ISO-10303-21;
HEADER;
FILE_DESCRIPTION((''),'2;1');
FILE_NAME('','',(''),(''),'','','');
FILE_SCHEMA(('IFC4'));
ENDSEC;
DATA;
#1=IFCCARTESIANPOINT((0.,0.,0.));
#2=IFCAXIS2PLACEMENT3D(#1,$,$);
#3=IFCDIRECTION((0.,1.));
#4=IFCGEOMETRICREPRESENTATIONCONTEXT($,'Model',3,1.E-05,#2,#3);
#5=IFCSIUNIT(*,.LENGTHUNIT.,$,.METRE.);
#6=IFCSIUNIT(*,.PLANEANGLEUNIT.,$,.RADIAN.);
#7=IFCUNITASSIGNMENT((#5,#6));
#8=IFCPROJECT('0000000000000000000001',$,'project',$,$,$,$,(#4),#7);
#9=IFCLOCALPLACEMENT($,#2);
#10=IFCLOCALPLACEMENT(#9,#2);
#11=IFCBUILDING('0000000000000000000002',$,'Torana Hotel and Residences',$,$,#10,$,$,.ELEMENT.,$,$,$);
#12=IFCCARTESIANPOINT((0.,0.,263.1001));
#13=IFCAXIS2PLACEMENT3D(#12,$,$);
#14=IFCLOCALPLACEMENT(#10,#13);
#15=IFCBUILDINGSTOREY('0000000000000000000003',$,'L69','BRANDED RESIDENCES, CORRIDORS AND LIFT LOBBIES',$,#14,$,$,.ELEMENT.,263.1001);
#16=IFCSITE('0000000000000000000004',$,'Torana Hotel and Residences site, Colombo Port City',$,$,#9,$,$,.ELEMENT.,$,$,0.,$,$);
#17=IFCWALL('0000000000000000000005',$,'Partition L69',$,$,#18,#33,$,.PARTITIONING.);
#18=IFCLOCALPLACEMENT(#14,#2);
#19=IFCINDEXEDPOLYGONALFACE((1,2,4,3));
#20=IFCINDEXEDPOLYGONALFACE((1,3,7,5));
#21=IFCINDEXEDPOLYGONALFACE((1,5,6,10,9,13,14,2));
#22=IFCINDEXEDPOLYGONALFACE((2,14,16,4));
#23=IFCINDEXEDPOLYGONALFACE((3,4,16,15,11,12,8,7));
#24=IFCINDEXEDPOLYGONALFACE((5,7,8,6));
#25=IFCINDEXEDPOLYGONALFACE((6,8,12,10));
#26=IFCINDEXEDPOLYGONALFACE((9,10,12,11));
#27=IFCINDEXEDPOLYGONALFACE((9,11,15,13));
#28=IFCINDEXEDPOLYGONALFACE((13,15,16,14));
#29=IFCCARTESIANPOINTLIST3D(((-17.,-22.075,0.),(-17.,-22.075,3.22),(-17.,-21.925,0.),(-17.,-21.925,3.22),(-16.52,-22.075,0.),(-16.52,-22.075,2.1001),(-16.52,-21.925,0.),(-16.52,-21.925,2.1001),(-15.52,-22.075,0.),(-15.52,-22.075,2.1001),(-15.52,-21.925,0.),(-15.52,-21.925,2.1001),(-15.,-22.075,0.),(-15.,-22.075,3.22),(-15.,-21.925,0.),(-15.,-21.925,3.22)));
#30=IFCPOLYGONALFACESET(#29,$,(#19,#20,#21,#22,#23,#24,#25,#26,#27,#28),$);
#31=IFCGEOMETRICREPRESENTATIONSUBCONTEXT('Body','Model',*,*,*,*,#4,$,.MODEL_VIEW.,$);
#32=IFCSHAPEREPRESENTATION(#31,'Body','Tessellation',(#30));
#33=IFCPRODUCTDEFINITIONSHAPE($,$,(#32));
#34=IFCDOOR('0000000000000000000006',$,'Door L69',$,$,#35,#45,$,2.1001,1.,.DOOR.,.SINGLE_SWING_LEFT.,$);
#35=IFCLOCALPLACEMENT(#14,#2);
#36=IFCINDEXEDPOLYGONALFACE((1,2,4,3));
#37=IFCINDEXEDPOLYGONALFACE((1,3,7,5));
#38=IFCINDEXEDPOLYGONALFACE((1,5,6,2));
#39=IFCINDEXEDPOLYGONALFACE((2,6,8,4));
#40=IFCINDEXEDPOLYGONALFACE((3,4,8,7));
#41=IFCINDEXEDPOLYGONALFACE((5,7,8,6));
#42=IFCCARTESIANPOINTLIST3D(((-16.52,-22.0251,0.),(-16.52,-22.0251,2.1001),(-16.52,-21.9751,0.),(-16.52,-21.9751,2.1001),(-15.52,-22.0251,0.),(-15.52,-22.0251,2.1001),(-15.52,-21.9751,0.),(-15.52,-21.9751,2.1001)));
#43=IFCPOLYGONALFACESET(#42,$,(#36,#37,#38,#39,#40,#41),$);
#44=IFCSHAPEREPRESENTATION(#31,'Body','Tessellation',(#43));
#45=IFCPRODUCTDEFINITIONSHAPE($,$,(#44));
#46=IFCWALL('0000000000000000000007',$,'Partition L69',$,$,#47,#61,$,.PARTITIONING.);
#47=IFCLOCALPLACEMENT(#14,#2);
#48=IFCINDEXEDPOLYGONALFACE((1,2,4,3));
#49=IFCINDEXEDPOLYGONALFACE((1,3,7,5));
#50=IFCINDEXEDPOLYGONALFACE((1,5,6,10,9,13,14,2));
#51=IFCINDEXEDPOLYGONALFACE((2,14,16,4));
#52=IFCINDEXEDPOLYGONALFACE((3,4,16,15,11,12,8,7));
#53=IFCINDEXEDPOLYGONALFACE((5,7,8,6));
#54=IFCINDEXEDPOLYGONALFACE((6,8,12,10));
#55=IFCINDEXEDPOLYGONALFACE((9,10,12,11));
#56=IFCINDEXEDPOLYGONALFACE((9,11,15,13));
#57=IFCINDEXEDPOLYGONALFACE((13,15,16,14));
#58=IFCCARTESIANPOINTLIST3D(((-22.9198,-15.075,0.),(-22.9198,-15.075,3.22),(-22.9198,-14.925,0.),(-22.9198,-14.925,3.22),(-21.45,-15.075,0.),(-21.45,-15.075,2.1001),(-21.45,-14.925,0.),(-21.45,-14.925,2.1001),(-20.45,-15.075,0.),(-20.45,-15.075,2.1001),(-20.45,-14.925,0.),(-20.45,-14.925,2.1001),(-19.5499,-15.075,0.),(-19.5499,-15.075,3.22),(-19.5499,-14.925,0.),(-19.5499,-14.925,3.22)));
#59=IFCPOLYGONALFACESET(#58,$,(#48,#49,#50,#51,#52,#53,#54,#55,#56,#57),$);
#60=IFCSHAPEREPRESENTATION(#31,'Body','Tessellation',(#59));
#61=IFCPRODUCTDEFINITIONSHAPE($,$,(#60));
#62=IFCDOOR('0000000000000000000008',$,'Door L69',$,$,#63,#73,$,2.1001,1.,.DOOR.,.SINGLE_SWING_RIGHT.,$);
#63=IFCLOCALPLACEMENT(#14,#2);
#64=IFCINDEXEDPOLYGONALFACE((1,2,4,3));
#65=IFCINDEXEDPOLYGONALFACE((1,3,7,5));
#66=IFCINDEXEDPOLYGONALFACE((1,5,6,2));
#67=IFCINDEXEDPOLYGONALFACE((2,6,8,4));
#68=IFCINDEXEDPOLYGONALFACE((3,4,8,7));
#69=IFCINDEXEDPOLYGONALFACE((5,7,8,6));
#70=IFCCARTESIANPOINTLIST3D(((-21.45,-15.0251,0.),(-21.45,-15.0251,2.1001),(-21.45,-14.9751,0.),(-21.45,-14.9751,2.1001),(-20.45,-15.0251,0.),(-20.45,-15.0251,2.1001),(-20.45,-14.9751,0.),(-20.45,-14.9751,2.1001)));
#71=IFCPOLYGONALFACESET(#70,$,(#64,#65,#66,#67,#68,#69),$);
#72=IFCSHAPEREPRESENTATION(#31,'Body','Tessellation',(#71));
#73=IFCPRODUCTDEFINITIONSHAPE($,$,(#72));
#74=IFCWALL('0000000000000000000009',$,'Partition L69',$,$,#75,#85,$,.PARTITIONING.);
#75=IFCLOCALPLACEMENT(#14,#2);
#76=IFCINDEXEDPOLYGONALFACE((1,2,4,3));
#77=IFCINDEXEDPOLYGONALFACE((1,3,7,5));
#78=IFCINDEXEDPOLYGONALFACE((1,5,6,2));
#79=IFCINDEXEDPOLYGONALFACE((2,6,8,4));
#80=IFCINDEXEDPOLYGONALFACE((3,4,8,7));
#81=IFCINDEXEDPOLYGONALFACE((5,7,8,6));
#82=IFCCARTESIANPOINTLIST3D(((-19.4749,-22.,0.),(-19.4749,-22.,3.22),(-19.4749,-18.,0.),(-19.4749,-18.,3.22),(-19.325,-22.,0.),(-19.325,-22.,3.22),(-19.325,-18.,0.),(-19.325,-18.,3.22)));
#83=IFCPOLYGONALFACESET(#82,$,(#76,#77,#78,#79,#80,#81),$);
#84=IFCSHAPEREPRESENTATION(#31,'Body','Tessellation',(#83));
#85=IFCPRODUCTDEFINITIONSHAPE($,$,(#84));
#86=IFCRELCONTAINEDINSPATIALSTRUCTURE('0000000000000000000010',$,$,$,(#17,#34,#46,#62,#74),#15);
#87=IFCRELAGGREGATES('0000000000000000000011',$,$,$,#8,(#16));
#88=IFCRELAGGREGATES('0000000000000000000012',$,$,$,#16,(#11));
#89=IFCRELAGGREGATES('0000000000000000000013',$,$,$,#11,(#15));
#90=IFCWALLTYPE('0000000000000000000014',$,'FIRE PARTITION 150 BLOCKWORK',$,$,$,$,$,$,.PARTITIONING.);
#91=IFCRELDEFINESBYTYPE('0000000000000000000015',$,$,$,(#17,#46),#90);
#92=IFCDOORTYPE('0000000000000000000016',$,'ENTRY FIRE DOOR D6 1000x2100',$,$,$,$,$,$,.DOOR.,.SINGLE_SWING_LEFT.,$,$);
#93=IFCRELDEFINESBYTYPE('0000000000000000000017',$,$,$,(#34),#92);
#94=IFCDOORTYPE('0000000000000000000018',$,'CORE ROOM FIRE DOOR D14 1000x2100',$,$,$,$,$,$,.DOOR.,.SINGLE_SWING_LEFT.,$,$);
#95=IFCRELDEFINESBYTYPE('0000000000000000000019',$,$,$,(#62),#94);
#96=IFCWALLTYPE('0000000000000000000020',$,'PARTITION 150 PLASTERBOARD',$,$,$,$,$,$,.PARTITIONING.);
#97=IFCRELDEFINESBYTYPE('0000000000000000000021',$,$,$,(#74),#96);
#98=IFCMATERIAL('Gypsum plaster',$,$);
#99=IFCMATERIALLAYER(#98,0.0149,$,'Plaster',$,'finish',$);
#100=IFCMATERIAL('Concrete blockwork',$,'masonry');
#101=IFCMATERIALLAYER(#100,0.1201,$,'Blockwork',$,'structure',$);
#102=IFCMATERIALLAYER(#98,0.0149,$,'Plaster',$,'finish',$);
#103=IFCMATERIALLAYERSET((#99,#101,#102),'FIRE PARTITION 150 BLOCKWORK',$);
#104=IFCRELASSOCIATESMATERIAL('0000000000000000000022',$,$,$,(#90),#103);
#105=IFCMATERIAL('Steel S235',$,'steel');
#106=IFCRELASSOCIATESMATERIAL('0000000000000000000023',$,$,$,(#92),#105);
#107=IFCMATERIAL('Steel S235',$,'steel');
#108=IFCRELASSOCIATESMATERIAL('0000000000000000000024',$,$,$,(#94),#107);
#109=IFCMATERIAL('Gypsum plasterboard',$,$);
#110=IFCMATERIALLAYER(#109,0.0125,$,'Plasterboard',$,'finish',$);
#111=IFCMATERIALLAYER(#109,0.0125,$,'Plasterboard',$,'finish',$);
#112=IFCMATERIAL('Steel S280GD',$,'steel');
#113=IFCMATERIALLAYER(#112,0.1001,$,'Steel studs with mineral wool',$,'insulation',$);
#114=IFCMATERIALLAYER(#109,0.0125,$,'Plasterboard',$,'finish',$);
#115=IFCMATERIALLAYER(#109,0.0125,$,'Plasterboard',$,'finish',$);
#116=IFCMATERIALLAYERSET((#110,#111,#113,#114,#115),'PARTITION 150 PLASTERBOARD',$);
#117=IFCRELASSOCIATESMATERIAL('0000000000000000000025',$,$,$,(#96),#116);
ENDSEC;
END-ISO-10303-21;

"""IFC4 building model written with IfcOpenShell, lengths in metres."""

from ifc_helpers import new_model, si_unit, direction, frame, frame_2d, origin, place, context, subcontext, project, spatial, rectangle, extrude, material, layer, layer_set, type_object, element, fill, save


model = new_model("IFC4")

# Units and contexts
model_context = context("Model", 3, precision=1e-05, world=origin(), true_north=direction((0.0, 1.0)))
body_context = subcontext(model_context, "Body", "Model", "MODEL_VIEW")
ifc_project = project(units=[si_unit("LENGTHUNIT", "METRE"), si_unit("PLANEANGLEUNIT", "RADIAN")], contexts=[model_context])

# Site, building, storey
site_placement = place(None, origin())
site = spatial("IfcSite", under=ifc_project, at=site_placement, Name="Torana Hotel and Residences site, Colombo Port City", CompositionType="ELEMENT", RefElevation=0.0)
building_placement = place(site_placement, origin())
building = spatial("IfcBuilding", under=site, at=building_placement, Name="Torana Hotel and Residences", CompositionType="ELEMENT")
storey_placement = place(building_placement, frame((0.0, 0.0, 263.1001)))
storey = spatial("IfcBuildingStorey", under=building, at=storey_placement, Name="L69", Description="BRANDED RESIDENCES, CORRIDORS AND LIFT LOBBIES", CompositionType="ELEMENT", Elevation=263.1001)

# Walls, openings, doors
ifc_material_1 = material(Name="Gypsum plaster")
ifc_layer_1 = layer(ifc_material_1, 0.0149, Name="Plaster", Category="finish")
ifc_material_2 = material(Name="Concrete blockwork", Category="masonry")
ifc_layer_2 = layer(ifc_material_2, 0.1201, Name="Blockwork", Category="structure")
ifc_layer_3 = layer(ifc_material_1, 0.0149, Name="Plaster", Category="finish")
ifc_layer_set_1 = layer_set([ifc_layer_1, ifc_layer_2, ifc_layer_3], Name="FIRE PARTITION 150 BLOCKWORK")
wall_type_1 = type_object("IfcWallType", Name="FIRE PARTITION 150 BLOCKWORK", PredefinedType="PARTITIONING", material=ifc_layer_set_1)
ifc_material_3 = material(Name="Steel S235", Category="steel")
door_type_1 = type_object("IfcDoorType", Name="ENTRY FIRE DOOR D6 1000x2100", OperationType="SINGLE_SWING_LEFT", PredefinedType="DOOR", material=ifc_material_3)
wall_1_placement = place(storey_placement, frame((-17.0, -22.0, 0.0), z_axis=(0.0, 0.0, 1.0), x_axis=(1.0, 0.0, 0.0)))
wall_1 = element("IfcWall", 1, at=wall_1_placement, inside=storey, type_object=wall_type_1, Name="Partition L69", PredefinedType="PARTITIONING", context=body_context, shape_type="SweptSolid", body=[
    extrude(rectangle(XDim=2.0, YDim=0.1499, at=frame_2d((1.0, 0.0))), origin(), (0.0, 0.0, 1.0), 3.22),
])
opening_1_placement = place(wall_1_placement, frame((0.48, 0.0, 0.0)))
opening_1 = element("IfcOpeningElement", 2, at=opening_1_placement, cuts=wall_1, PredefinedType="OPENING", context=body_context, shape_type="SweptSolid", body=[
    extrude(rectangle(XDim=1.0, YDim=2.1001, at=frame_2d((0.5, 1.05))), frame((0.0, 0.085, 0.0), z_axis=(0.0, -1.0, 0.0), x_axis=(1.0, 0.0, 0.0)), (0.0, 0.0, 1.0), 0.1699),
])
door_1_placement = place(opening_1_placement, frame((0.5, 0.0, 0.0), z_axis=(0.0, 0.0, 1.0), x_axis=(-1.0, 0.0, 0.0)))
door_1 = element("IfcDoor", 3, at=door_1_placement, inside=storey, type_object=door_type_1, Name="Door L69", OperationType="SINGLE_SWING_LEFT", OverallHeight=2.1001, OverallWidth=1.0, PredefinedType="DOOR", context=body_context, shape_type="SweptSolid", body=[
    extrude(rectangle(XDim=1.0, YDim=2.1001, at=frame_2d((0.0, 1.05))), frame((0.0, -0.0249, 0.0), z_axis=(0.0, 1.0, 0.0), x_axis=(-1.0, 0.0, 0.0)), (0.0, 0.0, 1.0), 0.05),
])
fill(opening_1, door_1)
wall_2_placement = place(storey_placement, frame((-22.9199, -15.0, 0.0), z_axis=(0.0, 0.0, 1.0), x_axis=(1.0, 0.0, 0.0)))
wall_2 = element("IfcWall", 4, at=wall_2_placement, inside=storey, type_object=wall_type_1, Name="Partition L69", PredefinedType="PARTITIONING", context=body_context, shape_type="SweptSolid", body=[
    extrude(rectangle(XDim=3.3699, YDim=0.1499, at=frame_2d((1.6851, 0.0))), origin(), (0.0, 0.0, 1.0), 3.22),
])
opening_2_placement = place(wall_2_placement, frame((1.47, 0.0, 0.0)))
opening_2 = element("IfcOpeningElement", 5, at=opening_2_placement, cuts=wall_2, PredefinedType="OPENING", context=body_context, shape_type="SweptSolid", body=[
    extrude(rectangle(XDim=1.0, YDim=2.1001, at=frame_2d((0.5, 1.05))), frame((0.0, 0.085, 0.0), z_axis=(0.0, -1.0, 0.0), x_axis=(1.0, 0.0, 0.0)), (0.0, 0.0, 1.0), 0.1699),
])
ifc_material_4 = material(Name="Steel S235", Category="steel")
door_type_2 = type_object("IfcDoorType", Name="CORE ROOM FIRE DOOR D14 1000x2100", OperationType="SINGLE_SWING_LEFT", PredefinedType="DOOR", material=ifc_material_4)
door_2_placement = place(opening_2_placement, origin())
door_2 = element("IfcDoor", 6, at=door_2_placement, inside=storey, type_object=door_type_2, Name="Door L69", OperationType="SINGLE_SWING_RIGHT", OverallHeight=2.1001, OverallWidth=1.0, PredefinedType="DOOR", context=body_context, shape_type="SweptSolid", body=[
    extrude(rectangle(XDim=1.0, YDim=2.1001, at=frame_2d((0.5, 1.05))), frame((0.0, 0.0249, 0.0), z_axis=(0.0, -1.0, 0.0), x_axis=(1.0, 0.0, 0.0)), (0.0, 0.0, 1.0), 0.05),
])
fill(opening_2, door_2)

# Wall
ifc_material_5 = material(Name="Gypsum plasterboard")
ifc_layer_4 = layer(ifc_material_5, 0.0125, Name="Plasterboard", Category="finish")
ifc_layer_5 = layer(ifc_material_5, 0.0125, Name="Plasterboard", Category="finish")
ifc_material_6 = material(Name="Steel S280GD", Category="steel")
ifc_layer_6 = layer(ifc_material_6, 0.1001, Name="Steel studs with mineral wool", Category="insulation")
ifc_layer_7 = layer(ifc_material_5, 0.0125, Name="Plasterboard", Category="finish")
ifc_layer_8 = layer(ifc_material_5, 0.0125, Name="Plasterboard", Category="finish")
ifc_layer_set_2 = layer_set([ifc_layer_4, ifc_layer_5, ifc_layer_6, ifc_layer_7, ifc_layer_8], Name="PARTITION 150 PLASTERBOARD")
wall_type_2 = type_object("IfcWallType", Name="PARTITION 150 PLASTERBOARD", PredefinedType="PARTITIONING", material=ifc_layer_set_2)
wall_3_placement = place(storey_placement, frame((-19.3999, -22.0, 0.0), z_axis=(0.0, 0.0, 1.0), x_axis=(0.0, 1.0, 0.0)))
element("IfcWall", 7, at=wall_3_placement, inside=storey, type_object=wall_type_2, Name="Partition L69", PredefinedType="PARTITIONING", context=body_context, shape_type="SweptSolid", body=[
    extrude(rectangle(XDim=4.0, YDim=0.1499, at=frame_2d((2.0, 0.0))), origin(), (0.0, 0.0, 1.0), 3.22),
])

save(model, "model.ifc")
